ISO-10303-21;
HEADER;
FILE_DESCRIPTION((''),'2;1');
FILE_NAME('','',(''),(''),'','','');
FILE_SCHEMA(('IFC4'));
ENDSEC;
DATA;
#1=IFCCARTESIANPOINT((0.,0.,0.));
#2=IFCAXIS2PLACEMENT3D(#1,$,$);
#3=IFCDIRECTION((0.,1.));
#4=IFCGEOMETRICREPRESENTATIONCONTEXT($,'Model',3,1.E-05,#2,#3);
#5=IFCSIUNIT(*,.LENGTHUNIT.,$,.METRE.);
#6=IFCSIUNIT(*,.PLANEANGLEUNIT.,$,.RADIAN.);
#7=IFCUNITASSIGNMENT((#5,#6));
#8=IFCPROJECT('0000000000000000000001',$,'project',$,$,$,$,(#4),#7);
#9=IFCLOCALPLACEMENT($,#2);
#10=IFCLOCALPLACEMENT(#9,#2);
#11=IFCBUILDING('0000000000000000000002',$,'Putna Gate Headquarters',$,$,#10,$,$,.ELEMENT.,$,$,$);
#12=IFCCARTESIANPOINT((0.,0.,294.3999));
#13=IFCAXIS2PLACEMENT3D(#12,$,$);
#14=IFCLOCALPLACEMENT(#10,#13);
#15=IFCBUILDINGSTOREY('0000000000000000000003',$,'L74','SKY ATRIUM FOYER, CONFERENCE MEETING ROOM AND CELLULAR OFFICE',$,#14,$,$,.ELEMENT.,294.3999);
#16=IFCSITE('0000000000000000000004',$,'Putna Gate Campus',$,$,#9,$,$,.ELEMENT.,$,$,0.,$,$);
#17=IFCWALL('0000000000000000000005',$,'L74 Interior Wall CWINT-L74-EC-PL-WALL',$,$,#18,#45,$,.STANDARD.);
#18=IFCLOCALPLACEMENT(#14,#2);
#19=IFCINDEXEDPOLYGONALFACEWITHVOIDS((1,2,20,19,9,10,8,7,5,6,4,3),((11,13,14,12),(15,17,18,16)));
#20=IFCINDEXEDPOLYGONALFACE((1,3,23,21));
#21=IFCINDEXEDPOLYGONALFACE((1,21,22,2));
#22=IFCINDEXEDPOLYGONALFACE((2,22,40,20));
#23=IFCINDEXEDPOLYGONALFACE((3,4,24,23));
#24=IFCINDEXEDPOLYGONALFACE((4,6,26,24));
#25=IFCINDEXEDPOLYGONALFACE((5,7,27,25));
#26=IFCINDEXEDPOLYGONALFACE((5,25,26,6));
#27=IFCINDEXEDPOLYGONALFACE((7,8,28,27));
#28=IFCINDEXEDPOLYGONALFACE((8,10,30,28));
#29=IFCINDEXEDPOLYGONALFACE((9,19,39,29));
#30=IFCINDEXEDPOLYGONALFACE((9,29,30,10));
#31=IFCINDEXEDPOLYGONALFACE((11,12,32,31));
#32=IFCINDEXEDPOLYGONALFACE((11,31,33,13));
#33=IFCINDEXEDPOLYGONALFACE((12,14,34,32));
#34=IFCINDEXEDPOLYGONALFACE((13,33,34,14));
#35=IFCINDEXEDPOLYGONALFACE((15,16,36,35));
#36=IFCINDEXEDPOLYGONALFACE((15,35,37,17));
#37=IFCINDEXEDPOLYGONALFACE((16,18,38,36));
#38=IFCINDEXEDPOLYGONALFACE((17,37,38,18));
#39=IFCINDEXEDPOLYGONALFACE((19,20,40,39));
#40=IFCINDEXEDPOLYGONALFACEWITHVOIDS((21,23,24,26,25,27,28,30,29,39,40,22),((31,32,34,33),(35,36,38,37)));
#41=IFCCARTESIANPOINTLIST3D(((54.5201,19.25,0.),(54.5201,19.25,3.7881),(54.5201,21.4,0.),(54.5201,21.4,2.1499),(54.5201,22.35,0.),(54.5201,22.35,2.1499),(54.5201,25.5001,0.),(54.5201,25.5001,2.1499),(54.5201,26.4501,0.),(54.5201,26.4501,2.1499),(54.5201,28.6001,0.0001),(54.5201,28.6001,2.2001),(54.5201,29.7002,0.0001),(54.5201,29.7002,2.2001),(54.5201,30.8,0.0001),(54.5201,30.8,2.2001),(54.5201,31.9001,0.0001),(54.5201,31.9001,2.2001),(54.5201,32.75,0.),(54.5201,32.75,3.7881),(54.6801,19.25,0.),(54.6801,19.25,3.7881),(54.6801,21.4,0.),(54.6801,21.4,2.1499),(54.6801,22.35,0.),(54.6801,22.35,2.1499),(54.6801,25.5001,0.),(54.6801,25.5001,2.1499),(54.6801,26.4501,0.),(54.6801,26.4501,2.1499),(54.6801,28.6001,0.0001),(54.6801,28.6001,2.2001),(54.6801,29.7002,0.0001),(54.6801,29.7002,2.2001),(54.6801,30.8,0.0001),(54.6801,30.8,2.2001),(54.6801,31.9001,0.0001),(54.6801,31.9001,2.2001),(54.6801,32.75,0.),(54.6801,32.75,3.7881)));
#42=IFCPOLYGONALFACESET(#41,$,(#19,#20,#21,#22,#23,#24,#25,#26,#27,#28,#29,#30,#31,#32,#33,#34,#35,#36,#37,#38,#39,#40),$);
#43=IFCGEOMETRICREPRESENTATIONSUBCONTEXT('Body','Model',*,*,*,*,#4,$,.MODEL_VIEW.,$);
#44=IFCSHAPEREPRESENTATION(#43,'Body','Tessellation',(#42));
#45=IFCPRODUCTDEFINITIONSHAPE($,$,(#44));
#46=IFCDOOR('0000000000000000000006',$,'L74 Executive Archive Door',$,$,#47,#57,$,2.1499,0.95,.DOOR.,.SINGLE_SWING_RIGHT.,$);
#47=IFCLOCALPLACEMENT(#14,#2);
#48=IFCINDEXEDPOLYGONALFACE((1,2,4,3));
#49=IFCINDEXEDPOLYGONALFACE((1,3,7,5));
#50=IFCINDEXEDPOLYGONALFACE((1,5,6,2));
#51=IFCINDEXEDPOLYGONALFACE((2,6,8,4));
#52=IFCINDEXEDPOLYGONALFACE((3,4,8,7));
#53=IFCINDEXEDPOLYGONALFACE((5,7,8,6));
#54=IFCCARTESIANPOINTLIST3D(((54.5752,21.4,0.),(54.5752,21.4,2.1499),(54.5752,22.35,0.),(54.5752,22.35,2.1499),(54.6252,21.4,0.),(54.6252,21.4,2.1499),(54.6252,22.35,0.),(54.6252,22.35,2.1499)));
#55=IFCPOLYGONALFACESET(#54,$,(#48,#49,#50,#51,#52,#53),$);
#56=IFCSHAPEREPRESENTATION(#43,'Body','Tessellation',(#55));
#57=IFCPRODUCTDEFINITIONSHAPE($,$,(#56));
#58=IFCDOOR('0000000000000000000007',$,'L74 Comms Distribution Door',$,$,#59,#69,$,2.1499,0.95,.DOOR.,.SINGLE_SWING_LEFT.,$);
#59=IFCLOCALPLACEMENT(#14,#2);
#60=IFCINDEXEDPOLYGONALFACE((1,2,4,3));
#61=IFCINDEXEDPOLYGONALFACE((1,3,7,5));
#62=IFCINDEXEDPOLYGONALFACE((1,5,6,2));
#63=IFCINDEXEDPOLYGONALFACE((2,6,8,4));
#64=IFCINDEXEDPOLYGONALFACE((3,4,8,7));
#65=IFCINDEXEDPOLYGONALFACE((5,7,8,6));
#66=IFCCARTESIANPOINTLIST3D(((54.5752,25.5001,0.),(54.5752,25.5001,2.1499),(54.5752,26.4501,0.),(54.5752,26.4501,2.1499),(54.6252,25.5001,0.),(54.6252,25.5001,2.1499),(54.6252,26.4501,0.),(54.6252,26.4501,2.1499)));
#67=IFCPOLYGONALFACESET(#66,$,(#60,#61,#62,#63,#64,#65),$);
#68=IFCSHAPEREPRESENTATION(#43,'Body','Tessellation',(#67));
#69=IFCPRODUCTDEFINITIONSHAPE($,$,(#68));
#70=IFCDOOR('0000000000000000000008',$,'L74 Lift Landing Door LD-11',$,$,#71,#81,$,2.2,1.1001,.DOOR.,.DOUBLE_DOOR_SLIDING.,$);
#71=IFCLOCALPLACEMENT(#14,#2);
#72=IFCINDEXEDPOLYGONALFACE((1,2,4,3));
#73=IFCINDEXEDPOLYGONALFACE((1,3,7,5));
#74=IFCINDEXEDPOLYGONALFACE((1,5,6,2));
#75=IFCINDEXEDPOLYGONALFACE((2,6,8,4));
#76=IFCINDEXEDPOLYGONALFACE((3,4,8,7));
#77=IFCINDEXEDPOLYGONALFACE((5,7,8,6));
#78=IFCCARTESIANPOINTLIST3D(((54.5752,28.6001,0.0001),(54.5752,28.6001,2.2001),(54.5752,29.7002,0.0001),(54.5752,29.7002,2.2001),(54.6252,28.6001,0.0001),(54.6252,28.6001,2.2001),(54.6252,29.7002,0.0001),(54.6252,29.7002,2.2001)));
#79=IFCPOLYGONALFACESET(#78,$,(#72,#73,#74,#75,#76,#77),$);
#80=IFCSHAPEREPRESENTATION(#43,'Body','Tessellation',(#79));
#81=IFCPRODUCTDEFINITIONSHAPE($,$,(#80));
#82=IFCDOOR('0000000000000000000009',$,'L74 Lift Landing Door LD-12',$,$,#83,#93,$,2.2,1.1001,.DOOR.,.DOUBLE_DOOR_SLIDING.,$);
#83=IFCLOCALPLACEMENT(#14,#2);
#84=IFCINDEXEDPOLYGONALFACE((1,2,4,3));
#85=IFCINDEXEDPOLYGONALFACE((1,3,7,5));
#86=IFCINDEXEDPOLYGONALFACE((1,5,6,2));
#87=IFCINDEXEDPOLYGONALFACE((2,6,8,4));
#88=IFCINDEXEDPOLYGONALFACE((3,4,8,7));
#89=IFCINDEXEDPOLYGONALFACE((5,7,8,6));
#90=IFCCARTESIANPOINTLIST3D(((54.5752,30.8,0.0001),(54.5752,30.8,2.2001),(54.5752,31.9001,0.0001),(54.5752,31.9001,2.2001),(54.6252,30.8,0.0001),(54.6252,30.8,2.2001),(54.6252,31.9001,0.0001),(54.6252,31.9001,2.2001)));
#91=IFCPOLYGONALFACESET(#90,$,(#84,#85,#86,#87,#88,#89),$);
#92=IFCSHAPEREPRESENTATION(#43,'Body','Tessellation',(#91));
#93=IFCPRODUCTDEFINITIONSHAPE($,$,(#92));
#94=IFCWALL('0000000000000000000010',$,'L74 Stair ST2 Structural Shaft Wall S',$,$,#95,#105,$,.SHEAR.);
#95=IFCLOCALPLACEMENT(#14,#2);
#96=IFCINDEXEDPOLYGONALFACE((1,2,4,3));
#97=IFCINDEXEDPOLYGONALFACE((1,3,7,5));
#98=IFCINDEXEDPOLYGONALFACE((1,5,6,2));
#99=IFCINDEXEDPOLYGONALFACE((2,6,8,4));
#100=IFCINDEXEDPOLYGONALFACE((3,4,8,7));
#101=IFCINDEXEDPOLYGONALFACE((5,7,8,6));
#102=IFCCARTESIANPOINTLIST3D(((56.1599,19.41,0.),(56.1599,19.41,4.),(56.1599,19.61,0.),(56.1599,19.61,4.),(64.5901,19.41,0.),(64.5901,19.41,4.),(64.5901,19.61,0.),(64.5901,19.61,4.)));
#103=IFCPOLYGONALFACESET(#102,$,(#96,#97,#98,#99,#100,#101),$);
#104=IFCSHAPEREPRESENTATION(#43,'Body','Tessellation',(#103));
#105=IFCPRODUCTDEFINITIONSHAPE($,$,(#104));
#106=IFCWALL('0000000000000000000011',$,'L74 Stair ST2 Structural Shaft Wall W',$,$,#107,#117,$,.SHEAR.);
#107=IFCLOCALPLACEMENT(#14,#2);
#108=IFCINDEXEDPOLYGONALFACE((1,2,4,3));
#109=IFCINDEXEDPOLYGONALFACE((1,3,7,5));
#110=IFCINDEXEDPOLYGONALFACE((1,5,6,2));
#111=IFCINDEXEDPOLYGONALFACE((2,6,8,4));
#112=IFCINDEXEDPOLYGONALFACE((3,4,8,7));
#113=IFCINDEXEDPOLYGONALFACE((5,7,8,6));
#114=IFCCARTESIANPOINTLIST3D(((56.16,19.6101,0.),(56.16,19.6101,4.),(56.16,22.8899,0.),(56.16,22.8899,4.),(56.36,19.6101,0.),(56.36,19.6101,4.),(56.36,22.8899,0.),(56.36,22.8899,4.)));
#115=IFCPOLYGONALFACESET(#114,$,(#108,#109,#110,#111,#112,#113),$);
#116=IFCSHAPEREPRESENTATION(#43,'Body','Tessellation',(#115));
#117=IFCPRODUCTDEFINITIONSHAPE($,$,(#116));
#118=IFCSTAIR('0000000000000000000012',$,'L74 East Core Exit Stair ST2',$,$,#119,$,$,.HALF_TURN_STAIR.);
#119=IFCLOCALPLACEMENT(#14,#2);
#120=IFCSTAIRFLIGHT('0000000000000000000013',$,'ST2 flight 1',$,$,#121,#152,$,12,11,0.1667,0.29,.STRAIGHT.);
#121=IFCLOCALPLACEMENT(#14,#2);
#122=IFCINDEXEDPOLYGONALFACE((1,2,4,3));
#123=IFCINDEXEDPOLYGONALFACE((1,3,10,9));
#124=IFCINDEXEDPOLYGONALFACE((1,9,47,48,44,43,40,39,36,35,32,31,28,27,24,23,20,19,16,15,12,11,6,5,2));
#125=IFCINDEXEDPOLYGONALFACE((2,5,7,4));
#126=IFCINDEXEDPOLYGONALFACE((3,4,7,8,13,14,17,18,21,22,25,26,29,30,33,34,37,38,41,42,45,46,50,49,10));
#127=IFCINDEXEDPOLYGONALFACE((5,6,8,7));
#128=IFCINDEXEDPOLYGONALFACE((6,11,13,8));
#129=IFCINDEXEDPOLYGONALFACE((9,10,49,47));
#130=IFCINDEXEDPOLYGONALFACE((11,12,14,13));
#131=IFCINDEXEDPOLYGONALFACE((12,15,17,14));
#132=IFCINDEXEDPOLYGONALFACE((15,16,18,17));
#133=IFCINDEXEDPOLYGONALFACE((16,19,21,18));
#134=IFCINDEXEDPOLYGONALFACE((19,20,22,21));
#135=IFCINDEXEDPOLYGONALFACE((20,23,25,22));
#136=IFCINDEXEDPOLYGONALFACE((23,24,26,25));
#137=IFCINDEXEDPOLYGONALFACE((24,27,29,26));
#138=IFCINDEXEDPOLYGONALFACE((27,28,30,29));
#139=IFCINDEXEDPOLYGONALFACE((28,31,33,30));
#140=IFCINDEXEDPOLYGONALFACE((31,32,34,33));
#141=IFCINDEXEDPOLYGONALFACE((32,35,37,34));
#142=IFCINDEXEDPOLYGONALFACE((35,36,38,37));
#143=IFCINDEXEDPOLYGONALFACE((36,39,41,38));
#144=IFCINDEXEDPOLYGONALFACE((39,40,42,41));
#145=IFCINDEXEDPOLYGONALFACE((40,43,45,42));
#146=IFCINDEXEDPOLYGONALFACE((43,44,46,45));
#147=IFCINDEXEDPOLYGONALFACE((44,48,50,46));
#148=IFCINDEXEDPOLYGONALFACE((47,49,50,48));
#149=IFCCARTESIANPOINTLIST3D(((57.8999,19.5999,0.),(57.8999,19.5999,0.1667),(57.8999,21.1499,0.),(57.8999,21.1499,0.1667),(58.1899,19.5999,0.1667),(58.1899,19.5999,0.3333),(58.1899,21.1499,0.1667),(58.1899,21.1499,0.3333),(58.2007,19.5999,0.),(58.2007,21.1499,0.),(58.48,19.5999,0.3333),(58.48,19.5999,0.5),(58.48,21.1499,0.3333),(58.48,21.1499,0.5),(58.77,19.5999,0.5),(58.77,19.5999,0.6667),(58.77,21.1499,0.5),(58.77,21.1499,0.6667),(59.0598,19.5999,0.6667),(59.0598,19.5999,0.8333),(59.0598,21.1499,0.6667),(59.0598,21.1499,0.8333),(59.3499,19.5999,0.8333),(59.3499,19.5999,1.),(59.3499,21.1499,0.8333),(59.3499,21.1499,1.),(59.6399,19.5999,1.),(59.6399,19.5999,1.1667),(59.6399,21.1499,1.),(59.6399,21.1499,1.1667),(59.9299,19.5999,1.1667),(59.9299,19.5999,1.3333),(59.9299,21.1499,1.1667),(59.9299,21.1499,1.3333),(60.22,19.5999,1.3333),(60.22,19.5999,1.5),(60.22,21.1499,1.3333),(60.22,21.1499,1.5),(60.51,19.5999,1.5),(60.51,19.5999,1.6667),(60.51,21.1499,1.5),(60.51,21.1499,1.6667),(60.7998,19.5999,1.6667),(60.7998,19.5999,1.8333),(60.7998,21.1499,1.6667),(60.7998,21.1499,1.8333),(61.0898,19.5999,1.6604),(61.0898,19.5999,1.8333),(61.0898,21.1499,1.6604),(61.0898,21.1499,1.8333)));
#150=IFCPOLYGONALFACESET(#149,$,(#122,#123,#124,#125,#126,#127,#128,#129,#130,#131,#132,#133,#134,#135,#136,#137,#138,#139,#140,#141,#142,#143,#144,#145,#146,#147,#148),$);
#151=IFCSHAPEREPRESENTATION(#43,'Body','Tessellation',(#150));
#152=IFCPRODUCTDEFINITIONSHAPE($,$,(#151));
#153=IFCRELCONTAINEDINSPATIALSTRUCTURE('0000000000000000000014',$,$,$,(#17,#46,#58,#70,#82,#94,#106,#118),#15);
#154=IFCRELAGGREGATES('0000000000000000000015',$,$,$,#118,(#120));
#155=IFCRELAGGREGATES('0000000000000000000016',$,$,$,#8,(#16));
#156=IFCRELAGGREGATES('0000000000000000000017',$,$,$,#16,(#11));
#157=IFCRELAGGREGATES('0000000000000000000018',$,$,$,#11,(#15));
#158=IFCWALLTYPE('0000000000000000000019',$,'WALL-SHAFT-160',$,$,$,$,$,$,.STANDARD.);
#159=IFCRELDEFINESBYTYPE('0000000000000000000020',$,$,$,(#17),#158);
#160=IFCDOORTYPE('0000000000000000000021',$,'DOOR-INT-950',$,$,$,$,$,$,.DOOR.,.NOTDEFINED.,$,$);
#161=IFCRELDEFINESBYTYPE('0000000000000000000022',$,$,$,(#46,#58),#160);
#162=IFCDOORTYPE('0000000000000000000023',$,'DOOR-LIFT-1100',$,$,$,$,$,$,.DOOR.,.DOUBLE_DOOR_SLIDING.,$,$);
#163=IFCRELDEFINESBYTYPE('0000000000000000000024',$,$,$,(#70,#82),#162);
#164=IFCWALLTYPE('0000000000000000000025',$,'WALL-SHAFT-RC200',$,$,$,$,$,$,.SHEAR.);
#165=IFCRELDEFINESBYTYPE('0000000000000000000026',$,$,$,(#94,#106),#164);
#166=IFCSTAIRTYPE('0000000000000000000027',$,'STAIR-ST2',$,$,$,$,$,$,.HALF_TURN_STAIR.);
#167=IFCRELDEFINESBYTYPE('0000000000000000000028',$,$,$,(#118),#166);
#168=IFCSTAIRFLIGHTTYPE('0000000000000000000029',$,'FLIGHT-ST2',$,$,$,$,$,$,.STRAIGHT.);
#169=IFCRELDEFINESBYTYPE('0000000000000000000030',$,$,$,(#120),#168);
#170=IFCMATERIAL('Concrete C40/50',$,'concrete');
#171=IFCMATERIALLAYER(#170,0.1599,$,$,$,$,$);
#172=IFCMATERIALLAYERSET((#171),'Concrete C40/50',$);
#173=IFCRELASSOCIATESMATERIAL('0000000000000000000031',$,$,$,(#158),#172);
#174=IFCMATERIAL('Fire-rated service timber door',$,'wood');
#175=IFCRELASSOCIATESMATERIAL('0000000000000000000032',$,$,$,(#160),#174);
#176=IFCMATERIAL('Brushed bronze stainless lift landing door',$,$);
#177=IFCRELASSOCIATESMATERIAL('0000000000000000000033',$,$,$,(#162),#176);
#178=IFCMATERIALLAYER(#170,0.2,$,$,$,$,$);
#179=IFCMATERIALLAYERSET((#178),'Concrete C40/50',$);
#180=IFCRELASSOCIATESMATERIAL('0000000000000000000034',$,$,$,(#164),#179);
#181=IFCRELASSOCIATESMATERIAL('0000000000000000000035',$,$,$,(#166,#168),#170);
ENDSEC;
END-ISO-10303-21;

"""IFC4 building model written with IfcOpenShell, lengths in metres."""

from ifc_helpers import new_model, si_unit, direction, frame, frame_2d, origin, place, context, subcontext, project, spatial, polyline, rectangle, outline, extrude, material, layer, layer_set, type_object, element, fill, aggregate, save


model = new_model("IFC4")

# Units and contexts
model_context = context("Model", 3, precision=1e-05, world=origin(), true_north=direction((0.0, 1.0)))
body_context = subcontext(model_context, "Body", "Model", "MODEL_VIEW")
ifc_project = project(units=[si_unit("LENGTHUNIT", "METRE"), si_unit("PLANEANGLEUNIT", "RADIAN")], contexts=[model_context])

# Site, building, storey
site_placement = place(None, origin())
site = spatial("IfcSite", under=ifc_project, at=site_placement, Name="Putna Gate Campus", CompositionType="ELEMENT", RefElevation=0.0)
building_placement = place(site_placement, origin())
building = spatial("IfcBuilding", under=site, at=building_placement, Name="Putna Gate Headquarters", CompositionType="ELEMENT")
storey_placement = place(building_placement, frame((0.0, 0.0, 294.3999)))
storey = spatial("IfcBuildingStorey", under=building, at=storey_placement, Name="L74", Description="SKY ATRIUM FOYER, CONFERENCE MEETING ROOM AND CELLULAR OFFICE", CompositionType="ELEMENT", Elevation=294.3999)

# Wall, openings, doors
ifc_material_1 = material(Name="Concrete C40/50", Category="concrete")
ifc_layer_1 = layer(ifc_material_1, 0.1599)
ifc_layer_set_1 = layer_set([ifc_layer_1], Name="Concrete C40/50")
wall_type_1 = type_object("IfcWallType", Name="WALL-SHAFT-160", PredefinedType="STANDARD", material=ifc_layer_set_1)
wall_1_placement = place(storey_placement, frame((54.6001, 19.25, 0.0), z_axis=(0.0, 0.0, 1.0), x_axis=(0.0, 1.0, 0.0)))
wall_1 = element("IfcWall", 1, at=wall_1_placement, inside=storey, type_object=wall_type_1, Name="L74 Interior Wall CWINT-L74-EC-PL-WALL", PredefinedType="STANDARD", context=body_context, shape_type="SweptSolid", body=[
    extrude(rectangle(XDim=13.5, YDim=0.1599, at=frame_2d((6.75, 0.0))), origin(), (0.0, 0.0, 1.0), 3.7881),
])
opening_1_placement = place(wall_1_placement, frame((2.1499, 0.0, 0.0)))
opening_1 = element("IfcOpeningElement", 2, at=opening_1_placement, cuts=wall_1, PredefinedType="OPENING", context=body_context, shape_type="SweptSolid", body=[
    extrude(rectangle(XDim=0.95, YDim=2.1499, at=frame_2d((0.4751, 1.075))), frame((0.0, 0.0898, 0.0), z_axis=(0.0, -1.0, 0.0), x_axis=(1.0, 0.0, 0.0)), (0.0, 0.0, 1.0), 0.1799),
])
opening_2_placement = place(wall_1_placement, frame((6.25, 0.0, 0.0)))
opening_2 = element("IfcOpeningElement", 3, at=opening_2_placement, cuts=wall_1, PredefinedType="OPENING", context=body_context, shape_type="SweptSolid", body=[
    extrude(rectangle(XDim=0.95, YDim=2.1499, at=frame_2d((0.4751, 1.075))), frame((0.0, 0.0898, 0.0), z_axis=(0.0, -1.0, 0.0), x_axis=(1.0, 0.0, 0.0)), (0.0, 0.0, 1.0), 0.1799),
])
opening_3_placement = place(wall_1_placement, frame((9.3501, 0.0, 0.0)))
opening_3 = element("IfcOpeningElement", 4, at=opening_3_placement, cuts=wall_1, PredefinedType="OPENING", context=body_context, shape_type="SweptSolid", body=[
    extrude(rectangle(XDim=1.1001, YDim=2.2, at=frame_2d((0.55, 1.1001))), frame((0.0, 0.0898, 0.0), z_axis=(0.0, -1.0, 0.0), x_axis=(1.0, 0.0, 0.0)), (0.0, 0.0, 1.0), 0.1799),
])
opening_4_placement = place(wall_1_placement, frame((11.55, 0.0, 0.0)))
opening_4 = element("IfcOpeningElement", 5, at=opening_4_placement, cuts=wall_1, PredefinedType="OPENING", context=body_context, shape_type="SweptSolid", body=[
    extrude(rectangle(XDim=1.1001, YDim=2.2, at=frame_2d((0.55, 1.1001))), frame((0.0, 0.0898, 0.0), z_axis=(0.0, -1.0, 0.0), x_axis=(1.0, 0.0, 0.0)), (0.0, 0.0, 1.0), 0.1799),
])
ifc_material_2 = material(Name="Fire-rated service timber door", Category="wood")
door_type_1 = type_object("IfcDoorType", Name="DOOR-INT-950", OperationType="NOTDEFINED", PredefinedType="DOOR", material=ifc_material_2)
door_1_placement = place(opening_1_placement, origin())
door_1 = element("IfcDoor", 6, at=door_1_placement, inside=storey, type_object=door_type_1, Name="L74 Executive Archive Door", OperationType="SINGLE_SWING_RIGHT", OverallHeight=2.1499, OverallWidth=0.95, PredefinedType="DOOR", context=body_context, shape_type="SweptSolid", body=[
    extrude(rectangle(XDim=0.95, YDim=2.1499, at=frame_2d((0.4751, 1.075))), frame((0.0, 0.0249, 0.0), z_axis=(0.0, -1.0, 0.0), x_axis=(1.0, 0.0, 0.0)), (0.0, 0.0, 1.0), 0.05),
])
fill(opening_1, door_1)
door_2_placement = place(opening_2_placement, origin())
door_2 = element("IfcDoor", 7, at=door_2_placement, inside=storey, type_object=door_type_1, Name="L74 Comms Distribution Door", OperationType="SINGLE_SWING_LEFT", OverallHeight=2.1499, OverallWidth=0.95, PredefinedType="DOOR", context=body_context, shape_type="SweptSolid", body=[
    extrude(rectangle(XDim=0.95, YDim=2.1499, at=frame_2d((0.4751, 1.075))), frame((0.0, 0.0249, 0.0), z_axis=(0.0, -1.0, 0.0), x_axis=(1.0, 0.0, 0.0)), (0.0, 0.0, 1.0), 0.05),
])
fill(opening_2, door_2)
ifc_material_3 = material(Name="Brushed bronze stainless lift landing door")
door_type_2 = type_object("IfcDoorType", Name="DOOR-LIFT-1100", OperationType="DOUBLE_DOOR_SLIDING", PredefinedType="DOOR", material=ifc_material_3)
door_3_placement = place(opening_3_placement, origin())
door_3 = element("IfcDoor", 8, at=door_3_placement, inside=storey, type_object=door_type_2, Name="L74 Lift Landing Door LD-11", OperationType="DOUBLE_DOOR_SLIDING", OverallHeight=2.2, OverallWidth=1.1001, PredefinedType="DOOR", context=body_context, shape_type="SweptSolid", body=[
    extrude(rectangle(XDim=1.1001, YDim=2.2, at=frame_2d((0.55, 1.1001))), frame((0.0, 0.0249, 0.0), z_axis=(0.0, -1.0, 0.0), x_axis=(1.0, 0.0, 0.0)), (0.0, 0.0, 1.0), 0.05),
])
fill(opening_3, door_3)
door_4_placement = place(opening_4_placement, origin())
door_4 = element("IfcDoor", 9, at=door_4_placement, inside=storey, type_object=door_type_2, Name="L74 Lift Landing Door LD-12", OperationType="DOUBLE_DOOR_SLIDING", OverallHeight=2.2, OverallWidth=1.1001, PredefinedType="DOOR", context=body_context, shape_type="SweptSolid", body=[
    extrude(rectangle(XDim=1.1001, YDim=2.2, at=frame_2d((0.55, 1.1001))), frame((0.0, 0.0249, 0.0), z_axis=(0.0, -1.0, 0.0), x_axis=(1.0, 0.0, 0.0)), (0.0, 0.0, 1.0), 0.05),
])
fill(opening_4, door_4)

# Walls
ifc_layer_2 = layer(ifc_material_1, 0.2)
ifc_layer_set_2 = layer_set([ifc_layer_2], Name="Concrete C40/50")
wall_type_2 = type_object("IfcWallType", Name="WALL-SHAFT-RC200", PredefinedType="SHEAR", material=ifc_layer_set_2)
wall_2_placement = place(storey_placement, frame((56.1599, 19.51, 0.0), z_axis=(0.0, 0.0, 1.0), x_axis=(1.0, 0.0, 0.0)))
element("IfcWall", 10, at=wall_2_placement, inside=storey, type_object=wall_type_2, Name="L74 Stair ST2 Structural Shaft Wall S", PredefinedType="SHEAR", context=body_context, shape_type="SweptSolid", body=[
    extrude(rectangle(XDim=8.4302, YDim=0.2, at=frame_2d((4.2151, 0.0))), origin(), (0.0, 0.0, 1.0), 4.0),
])
wall_3_placement = place(storey_placement, frame((56.26, 19.6101, 0.0), z_axis=(0.0, 0.0, 1.0), x_axis=(0.0, 1.0, 0.0)))
element("IfcWall", 11, at=wall_3_placement, inside=storey, type_object=wall_type_2, Name="L74 Stair ST2 Structural Shaft Wall W", PredefinedType="SHEAR", context=body_context, shape_type="SweptSolid", body=[
    extrude(rectangle(XDim=3.2798, YDim=0.2, at=frame_2d((1.6399, 0.0))), origin(), (0.0, 0.0, 1.0), 4.0),
])

# Stair, stair flight
stair_type = type_object("IfcStairType", Name="STAIR-ST2", PredefinedType="HALF_TURN_STAIR", material=ifc_material_1)
stair_placement = place(storey_placement, origin())
stair = element("IfcStair", 12, at=stair_placement, inside=storey, type_object=stair_type, Name="L74 East Core Exit Stair ST2", PredefinedType="HALF_TURN_STAIR")
stair_flight_type = type_object("IfcStairFlightType", Name="FLIGHT-ST2", PredefinedType="STRAIGHT", material=ifc_material_1)
stair_flight_placement = place(storey_placement, frame((57.8999, 20.375, 0.0), z_axis=(0.0, 0.0, 1.0), x_axis=(1.0, 0.0, 0.0)))
stair_flight = element("IfcStairFlight", 13, at=stair_flight_placement, type_object=stair_flight_type, Name="ST2 flight 1", NumberOfRisers=12, NumberOfTreads=11, PredefinedType="STRAIGHT", RiserHeight=0.1667, TreadLength=0.29, context=body_context, shape_type="SweptSolid", body=[
    extrude(outline(polyline([(0.0, 0.0), (0.0, 0.1667), (0.29, 0.1667), (0.29, 0.3333), (0.5801, 0.3333), (0.5801, 0.5), (0.8701, 0.5), (0.8701, 0.6667), (1.1599, 0.6667), (1.1599, 0.8333), (1.45, 0.8333), (1.45, 1.0), (1.74, 1.0), (1.74, 1.1667), (2.03, 1.1667), (2.03, 1.3333), (2.3201, 1.3333), (2.3201, 1.5), (2.6101, 1.5), (2.6101, 1.6667), (2.8999, 1.6667), (2.8999, 1.8333), (3.1899, 1.8333), (3.1899, 2.0), (3.1899, 1.6604), (0.3008, 0.0), (0.0, 0.0)])), frame((0.0, 0.7749, 0.0), z_axis=(0.0, -1.0, 0.0), x_axis=(1.0, 0.0, 0.0)), (0.0, 0.0, 1.0), 1.55),
])
aggregate(stair, [stair_flight])

save(model, "model.ifc")
